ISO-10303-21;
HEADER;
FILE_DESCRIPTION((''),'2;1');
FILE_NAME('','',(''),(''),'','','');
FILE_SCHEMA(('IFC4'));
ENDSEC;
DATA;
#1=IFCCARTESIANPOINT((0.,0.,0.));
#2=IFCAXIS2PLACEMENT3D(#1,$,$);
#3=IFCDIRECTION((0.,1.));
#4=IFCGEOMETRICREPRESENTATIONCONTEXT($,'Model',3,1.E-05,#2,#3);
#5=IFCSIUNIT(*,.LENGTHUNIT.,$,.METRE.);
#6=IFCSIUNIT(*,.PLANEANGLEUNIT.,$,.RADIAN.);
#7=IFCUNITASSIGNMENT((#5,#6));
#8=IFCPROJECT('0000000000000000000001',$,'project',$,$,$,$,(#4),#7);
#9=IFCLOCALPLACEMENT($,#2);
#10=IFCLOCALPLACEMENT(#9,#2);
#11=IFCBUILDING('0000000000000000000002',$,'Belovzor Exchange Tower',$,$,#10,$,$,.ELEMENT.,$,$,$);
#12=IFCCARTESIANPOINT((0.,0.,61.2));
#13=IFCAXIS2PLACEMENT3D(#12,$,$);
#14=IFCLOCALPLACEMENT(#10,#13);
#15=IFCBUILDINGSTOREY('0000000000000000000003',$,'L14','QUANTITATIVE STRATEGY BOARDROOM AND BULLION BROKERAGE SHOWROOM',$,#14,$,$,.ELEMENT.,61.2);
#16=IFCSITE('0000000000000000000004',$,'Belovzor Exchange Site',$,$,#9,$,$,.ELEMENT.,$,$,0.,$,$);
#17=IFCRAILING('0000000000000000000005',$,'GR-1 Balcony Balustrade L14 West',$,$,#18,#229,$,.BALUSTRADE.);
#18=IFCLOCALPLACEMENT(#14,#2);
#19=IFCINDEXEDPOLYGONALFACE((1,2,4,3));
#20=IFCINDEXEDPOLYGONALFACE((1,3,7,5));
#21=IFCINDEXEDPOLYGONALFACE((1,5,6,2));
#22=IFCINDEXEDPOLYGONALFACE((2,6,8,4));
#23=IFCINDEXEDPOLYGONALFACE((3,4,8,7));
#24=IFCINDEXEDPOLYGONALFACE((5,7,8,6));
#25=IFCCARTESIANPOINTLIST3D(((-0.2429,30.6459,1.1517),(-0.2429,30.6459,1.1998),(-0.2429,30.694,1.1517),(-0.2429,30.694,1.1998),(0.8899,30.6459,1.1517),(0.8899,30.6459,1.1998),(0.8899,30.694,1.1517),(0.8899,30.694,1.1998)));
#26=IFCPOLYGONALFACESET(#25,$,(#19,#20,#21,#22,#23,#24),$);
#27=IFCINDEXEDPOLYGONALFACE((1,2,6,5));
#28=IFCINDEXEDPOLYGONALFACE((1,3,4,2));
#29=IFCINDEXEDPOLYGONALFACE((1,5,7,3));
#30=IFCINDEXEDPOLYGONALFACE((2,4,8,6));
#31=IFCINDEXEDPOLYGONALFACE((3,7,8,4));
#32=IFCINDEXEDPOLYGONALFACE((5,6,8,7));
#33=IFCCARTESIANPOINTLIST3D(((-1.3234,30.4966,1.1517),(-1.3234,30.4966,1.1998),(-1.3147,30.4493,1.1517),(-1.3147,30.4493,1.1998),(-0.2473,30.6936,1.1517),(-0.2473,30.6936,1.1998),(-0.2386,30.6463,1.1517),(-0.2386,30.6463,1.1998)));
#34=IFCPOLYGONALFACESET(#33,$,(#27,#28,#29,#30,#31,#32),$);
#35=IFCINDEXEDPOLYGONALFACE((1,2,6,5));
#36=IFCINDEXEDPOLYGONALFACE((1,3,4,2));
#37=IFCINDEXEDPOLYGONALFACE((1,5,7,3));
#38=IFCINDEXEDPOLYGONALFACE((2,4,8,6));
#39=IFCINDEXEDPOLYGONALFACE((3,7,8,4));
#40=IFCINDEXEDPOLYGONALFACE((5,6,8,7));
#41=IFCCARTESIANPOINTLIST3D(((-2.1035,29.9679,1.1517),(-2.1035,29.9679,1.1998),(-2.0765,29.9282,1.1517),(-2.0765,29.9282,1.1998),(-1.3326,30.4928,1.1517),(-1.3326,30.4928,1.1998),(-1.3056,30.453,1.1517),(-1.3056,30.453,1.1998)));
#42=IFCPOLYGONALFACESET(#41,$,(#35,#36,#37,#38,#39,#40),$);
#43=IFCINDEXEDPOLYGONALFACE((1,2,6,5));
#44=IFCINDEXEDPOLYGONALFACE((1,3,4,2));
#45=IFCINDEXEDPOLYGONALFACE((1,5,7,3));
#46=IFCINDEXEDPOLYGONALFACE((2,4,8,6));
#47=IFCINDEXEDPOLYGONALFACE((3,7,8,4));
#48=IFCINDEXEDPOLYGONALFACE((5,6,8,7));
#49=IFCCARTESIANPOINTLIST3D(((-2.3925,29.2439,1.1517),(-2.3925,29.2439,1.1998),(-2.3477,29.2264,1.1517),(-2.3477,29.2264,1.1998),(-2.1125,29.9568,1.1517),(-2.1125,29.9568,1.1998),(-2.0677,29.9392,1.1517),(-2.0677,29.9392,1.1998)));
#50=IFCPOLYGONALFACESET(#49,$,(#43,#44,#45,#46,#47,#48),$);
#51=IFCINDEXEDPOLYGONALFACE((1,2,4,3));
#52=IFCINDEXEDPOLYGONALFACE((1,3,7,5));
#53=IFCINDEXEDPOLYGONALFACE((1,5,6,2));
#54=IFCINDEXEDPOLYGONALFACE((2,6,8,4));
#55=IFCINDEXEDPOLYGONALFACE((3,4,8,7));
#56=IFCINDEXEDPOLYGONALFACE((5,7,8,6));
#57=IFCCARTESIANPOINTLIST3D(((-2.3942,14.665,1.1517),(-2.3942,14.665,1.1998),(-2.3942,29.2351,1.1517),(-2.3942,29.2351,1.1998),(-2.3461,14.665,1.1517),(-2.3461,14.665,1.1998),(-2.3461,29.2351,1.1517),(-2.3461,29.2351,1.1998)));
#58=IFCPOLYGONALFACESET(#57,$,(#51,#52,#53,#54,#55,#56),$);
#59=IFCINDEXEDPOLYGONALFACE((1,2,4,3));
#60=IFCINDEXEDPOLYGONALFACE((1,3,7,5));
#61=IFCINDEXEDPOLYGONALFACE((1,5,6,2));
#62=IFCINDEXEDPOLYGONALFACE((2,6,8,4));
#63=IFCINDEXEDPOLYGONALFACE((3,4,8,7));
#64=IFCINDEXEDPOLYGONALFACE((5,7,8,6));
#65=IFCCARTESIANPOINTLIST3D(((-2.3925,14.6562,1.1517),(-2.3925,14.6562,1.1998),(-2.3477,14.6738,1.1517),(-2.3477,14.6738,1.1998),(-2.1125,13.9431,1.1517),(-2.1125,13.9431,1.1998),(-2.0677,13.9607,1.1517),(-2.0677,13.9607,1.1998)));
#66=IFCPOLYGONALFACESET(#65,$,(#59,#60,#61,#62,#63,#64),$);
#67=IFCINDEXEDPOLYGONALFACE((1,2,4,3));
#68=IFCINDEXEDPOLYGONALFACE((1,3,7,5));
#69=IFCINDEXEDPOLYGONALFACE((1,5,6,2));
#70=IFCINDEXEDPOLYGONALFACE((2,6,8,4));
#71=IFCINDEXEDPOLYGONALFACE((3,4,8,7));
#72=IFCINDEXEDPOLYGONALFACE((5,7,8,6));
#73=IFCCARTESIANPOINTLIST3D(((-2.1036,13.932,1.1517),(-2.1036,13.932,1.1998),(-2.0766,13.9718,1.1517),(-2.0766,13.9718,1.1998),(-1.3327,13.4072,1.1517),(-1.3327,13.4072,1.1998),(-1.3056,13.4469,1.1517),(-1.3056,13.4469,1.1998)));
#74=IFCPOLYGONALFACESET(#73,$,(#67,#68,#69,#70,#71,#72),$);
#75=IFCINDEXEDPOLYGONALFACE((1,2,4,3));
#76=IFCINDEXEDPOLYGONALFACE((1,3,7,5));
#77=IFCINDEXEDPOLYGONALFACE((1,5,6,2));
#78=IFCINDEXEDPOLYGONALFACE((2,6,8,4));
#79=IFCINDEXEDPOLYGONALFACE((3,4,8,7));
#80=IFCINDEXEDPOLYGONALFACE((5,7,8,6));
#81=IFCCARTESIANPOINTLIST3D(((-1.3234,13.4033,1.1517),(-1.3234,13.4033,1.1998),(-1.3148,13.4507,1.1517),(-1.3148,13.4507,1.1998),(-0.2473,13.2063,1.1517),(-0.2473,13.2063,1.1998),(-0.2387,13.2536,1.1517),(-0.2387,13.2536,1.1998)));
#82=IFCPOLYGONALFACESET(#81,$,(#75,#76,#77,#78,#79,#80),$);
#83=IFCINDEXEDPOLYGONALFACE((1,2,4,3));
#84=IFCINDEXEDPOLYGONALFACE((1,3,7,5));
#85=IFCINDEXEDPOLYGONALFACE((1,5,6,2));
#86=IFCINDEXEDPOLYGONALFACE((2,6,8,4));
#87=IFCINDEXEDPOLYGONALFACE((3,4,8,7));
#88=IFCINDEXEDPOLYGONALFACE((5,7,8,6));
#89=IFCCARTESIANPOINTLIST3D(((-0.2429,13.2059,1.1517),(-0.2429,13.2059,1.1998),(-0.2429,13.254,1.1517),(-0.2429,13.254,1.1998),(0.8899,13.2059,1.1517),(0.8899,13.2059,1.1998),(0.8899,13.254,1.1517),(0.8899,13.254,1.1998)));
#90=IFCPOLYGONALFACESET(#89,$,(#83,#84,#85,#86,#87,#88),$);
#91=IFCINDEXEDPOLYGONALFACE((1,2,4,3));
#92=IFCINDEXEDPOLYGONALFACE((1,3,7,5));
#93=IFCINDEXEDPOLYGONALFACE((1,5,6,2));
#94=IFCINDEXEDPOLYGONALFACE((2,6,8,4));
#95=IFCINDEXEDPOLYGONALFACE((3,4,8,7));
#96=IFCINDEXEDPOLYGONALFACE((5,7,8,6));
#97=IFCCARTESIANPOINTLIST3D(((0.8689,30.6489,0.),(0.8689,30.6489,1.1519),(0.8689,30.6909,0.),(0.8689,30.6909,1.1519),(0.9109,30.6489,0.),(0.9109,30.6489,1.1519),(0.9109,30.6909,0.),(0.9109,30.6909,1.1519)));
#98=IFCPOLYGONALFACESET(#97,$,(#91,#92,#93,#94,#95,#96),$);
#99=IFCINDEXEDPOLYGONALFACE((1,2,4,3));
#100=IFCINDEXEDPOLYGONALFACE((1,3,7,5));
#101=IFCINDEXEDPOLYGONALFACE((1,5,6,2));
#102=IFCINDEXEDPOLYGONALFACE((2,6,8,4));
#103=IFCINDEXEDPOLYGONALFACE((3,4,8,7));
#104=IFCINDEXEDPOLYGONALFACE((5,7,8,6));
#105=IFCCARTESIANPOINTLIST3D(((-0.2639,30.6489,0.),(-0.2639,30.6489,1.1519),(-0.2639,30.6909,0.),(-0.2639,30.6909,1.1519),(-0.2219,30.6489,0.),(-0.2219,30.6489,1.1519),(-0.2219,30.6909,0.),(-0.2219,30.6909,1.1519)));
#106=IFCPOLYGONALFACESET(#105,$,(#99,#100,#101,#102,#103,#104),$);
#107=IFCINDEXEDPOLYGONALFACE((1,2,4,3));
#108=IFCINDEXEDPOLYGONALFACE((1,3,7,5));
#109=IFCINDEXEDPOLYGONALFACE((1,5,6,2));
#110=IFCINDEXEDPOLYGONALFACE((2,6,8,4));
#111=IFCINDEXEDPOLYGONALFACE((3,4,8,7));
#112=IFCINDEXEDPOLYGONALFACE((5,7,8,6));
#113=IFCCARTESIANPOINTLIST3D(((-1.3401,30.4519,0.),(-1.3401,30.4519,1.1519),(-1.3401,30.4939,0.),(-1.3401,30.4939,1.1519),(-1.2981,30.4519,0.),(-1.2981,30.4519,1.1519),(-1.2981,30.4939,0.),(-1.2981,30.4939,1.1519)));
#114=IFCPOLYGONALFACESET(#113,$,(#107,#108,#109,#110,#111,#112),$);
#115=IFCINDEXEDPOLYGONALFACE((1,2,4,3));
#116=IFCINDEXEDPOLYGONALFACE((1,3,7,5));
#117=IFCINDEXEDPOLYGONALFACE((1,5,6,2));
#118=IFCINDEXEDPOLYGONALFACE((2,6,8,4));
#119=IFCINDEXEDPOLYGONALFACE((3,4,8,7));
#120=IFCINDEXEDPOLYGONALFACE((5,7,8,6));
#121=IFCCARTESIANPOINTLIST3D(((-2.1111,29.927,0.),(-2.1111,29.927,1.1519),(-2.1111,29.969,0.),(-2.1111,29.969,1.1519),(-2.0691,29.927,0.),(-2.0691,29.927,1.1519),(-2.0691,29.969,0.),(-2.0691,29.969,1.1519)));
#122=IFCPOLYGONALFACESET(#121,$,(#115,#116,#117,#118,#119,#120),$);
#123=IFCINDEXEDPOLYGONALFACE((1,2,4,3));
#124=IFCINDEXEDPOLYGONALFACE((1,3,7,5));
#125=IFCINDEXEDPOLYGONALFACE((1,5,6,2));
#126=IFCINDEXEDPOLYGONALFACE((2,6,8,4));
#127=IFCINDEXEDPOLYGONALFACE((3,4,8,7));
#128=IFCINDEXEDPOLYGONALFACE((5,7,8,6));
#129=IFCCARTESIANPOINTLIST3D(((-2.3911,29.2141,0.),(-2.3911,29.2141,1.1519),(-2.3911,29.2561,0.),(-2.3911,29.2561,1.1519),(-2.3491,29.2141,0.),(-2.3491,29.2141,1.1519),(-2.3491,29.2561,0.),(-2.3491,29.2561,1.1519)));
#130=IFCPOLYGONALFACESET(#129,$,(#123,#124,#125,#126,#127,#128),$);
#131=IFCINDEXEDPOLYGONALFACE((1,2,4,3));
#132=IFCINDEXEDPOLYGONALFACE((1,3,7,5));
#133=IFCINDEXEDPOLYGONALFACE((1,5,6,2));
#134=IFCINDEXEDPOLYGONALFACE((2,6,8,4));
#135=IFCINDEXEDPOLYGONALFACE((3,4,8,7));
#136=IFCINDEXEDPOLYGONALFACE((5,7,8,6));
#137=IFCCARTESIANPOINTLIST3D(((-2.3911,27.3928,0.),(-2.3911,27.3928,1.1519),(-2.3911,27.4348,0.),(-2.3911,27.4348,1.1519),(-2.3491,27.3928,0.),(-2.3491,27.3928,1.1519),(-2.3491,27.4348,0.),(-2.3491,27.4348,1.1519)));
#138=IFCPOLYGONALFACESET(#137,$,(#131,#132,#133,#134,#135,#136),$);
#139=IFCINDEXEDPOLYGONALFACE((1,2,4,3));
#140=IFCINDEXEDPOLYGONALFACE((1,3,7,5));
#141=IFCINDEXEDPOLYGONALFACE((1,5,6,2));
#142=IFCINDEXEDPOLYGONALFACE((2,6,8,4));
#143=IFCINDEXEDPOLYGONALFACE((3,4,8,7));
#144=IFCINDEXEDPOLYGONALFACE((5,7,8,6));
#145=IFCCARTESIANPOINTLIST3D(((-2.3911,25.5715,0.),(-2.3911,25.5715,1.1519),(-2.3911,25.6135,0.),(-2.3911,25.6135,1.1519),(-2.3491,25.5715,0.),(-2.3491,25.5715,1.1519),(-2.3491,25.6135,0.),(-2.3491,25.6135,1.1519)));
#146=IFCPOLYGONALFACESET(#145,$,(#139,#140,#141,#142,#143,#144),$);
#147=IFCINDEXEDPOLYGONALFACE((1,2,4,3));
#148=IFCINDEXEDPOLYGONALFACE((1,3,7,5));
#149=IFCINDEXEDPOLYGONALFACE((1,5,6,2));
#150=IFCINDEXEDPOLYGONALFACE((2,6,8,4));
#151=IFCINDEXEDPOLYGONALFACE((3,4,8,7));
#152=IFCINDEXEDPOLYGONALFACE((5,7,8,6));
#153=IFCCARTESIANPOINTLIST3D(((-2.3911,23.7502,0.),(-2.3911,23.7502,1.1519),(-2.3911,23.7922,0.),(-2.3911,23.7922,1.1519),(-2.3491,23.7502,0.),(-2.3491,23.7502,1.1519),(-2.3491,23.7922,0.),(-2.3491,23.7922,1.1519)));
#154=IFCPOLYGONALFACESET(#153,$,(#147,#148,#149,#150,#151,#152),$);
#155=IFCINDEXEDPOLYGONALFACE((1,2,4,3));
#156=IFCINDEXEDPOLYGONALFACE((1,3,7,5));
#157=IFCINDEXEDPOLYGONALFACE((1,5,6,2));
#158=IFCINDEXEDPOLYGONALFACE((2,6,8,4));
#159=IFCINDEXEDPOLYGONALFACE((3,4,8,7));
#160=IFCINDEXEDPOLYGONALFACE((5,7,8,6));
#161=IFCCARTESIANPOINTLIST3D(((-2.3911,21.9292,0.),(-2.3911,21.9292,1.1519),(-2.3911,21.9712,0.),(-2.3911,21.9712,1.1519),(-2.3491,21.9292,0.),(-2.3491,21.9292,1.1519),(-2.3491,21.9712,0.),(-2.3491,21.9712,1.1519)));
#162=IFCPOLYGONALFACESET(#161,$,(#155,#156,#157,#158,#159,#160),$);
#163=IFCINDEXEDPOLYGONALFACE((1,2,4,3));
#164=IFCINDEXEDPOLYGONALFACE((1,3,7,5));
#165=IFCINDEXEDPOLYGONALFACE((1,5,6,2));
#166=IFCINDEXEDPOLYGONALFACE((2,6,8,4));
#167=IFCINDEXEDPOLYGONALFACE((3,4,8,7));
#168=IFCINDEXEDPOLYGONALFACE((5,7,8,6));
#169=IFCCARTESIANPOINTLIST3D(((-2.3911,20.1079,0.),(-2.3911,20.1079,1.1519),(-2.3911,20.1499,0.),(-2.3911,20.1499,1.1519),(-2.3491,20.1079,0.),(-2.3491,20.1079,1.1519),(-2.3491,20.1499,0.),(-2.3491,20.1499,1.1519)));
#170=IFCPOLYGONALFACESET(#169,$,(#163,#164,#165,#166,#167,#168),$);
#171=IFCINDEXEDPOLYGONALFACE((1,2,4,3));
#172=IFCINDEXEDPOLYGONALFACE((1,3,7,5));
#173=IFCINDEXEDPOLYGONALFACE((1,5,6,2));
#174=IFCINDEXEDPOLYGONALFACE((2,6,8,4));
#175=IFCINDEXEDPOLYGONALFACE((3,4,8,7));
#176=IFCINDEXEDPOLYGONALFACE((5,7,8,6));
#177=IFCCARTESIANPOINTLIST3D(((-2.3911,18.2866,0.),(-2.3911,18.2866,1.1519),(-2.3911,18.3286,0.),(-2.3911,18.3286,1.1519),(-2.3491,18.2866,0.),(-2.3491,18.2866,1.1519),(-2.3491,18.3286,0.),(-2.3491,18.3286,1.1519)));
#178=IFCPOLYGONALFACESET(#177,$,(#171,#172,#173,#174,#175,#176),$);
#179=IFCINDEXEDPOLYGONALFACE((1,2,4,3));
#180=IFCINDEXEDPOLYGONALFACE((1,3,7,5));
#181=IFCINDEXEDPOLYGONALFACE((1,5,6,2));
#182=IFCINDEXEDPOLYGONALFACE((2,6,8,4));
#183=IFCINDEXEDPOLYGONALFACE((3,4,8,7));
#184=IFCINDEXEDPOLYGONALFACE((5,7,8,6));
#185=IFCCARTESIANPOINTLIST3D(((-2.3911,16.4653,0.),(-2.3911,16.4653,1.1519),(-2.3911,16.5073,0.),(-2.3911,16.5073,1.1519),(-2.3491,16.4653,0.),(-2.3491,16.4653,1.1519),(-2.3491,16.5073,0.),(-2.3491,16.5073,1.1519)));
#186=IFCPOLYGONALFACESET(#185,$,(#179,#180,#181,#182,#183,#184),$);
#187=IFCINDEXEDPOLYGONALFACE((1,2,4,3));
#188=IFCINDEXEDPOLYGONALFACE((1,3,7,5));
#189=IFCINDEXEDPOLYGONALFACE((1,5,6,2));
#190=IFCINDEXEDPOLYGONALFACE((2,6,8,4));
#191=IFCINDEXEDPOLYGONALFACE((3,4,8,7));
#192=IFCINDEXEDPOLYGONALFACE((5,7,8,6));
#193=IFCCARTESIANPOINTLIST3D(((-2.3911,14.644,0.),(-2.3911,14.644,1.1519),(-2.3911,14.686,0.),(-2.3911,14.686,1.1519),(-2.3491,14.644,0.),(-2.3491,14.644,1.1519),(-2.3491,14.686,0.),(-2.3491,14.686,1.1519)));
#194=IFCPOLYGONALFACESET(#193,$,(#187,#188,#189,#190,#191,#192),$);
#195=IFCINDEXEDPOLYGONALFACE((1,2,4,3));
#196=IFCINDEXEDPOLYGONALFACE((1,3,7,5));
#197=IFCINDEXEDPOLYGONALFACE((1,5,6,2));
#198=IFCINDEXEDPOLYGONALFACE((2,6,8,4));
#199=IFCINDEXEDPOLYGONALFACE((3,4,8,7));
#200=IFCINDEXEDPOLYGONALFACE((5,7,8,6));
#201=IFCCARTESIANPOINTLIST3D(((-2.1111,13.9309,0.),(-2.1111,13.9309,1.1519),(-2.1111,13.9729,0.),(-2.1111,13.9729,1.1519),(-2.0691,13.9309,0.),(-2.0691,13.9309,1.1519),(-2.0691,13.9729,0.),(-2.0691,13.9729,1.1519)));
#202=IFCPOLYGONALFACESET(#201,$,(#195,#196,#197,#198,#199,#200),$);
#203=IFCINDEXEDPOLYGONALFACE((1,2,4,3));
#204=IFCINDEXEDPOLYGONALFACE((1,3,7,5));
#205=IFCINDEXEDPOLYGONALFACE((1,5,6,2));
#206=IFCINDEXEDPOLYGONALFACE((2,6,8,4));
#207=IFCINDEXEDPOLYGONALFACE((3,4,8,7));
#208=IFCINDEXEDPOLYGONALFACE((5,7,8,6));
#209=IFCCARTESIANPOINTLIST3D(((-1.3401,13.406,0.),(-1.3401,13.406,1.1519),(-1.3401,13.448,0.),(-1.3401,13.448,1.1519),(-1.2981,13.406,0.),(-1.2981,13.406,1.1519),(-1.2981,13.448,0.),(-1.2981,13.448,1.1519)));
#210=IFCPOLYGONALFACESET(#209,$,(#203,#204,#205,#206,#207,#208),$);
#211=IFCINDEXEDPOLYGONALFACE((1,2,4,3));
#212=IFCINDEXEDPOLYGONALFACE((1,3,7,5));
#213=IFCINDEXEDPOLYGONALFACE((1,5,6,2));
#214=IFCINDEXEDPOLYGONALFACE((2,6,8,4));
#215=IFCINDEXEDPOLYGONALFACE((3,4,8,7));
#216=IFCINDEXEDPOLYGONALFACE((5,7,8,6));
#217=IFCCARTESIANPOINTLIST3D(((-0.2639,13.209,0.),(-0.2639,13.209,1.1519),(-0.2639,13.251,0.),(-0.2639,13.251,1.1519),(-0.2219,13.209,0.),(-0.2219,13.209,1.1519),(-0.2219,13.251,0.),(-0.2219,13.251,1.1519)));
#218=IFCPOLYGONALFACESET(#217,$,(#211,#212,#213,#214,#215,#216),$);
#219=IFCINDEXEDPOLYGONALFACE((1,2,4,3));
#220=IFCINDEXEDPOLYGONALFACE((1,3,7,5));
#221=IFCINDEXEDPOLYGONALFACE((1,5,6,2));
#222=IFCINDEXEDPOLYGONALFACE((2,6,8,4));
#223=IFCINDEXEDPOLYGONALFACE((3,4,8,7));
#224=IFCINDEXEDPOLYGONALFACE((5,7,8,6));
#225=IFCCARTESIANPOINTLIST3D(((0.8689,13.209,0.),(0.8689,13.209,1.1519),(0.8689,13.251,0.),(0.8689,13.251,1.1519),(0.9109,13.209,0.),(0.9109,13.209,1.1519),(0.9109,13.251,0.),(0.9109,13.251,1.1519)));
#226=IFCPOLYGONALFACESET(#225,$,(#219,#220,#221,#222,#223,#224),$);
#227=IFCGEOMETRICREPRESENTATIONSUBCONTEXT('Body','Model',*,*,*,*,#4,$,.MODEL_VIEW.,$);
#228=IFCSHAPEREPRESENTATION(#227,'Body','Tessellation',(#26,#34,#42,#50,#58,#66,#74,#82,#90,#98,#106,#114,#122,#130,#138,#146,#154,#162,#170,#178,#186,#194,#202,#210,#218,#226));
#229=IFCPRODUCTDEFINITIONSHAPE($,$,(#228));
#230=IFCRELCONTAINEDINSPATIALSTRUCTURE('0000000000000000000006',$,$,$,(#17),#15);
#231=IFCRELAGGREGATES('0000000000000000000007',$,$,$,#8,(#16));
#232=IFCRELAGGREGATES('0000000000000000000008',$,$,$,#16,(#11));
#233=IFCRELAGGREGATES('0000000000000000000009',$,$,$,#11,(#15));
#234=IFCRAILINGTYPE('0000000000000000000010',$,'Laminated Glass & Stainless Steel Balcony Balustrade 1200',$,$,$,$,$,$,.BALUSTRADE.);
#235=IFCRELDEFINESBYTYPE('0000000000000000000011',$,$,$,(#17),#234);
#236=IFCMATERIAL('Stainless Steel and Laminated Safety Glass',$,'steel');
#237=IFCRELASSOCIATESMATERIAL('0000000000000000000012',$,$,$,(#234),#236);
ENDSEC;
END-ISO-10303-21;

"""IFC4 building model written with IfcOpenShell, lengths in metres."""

from ifc_helpers import new_model, si_unit, direction, frame, origin, origin_2d, place, context, subcontext, project, spatial, rectangle, extrude, material, type_object, element, save


model = new_model("IFC4")

# Units and contexts
model_context = context("Model", 3, precision=1e-05, world=origin(), true_north=direction((0.0, 1.0)))
body_context = subcontext(model_context, "Body", "Model", "MODEL_VIEW")
ifc_project = project(units=[si_unit("LENGTHUNIT", "METRE"), si_unit("PLANEANGLEUNIT", "RADIAN")], contexts=[model_context])

# Site, building, storey
site_placement = place(None, origin())
site = spatial("IfcSite", under=ifc_project, at=site_placement, Name="Belovzor Exchange Site", CompositionType="ELEMENT", RefElevation=0.0)
building_placement = place(site_placement, origin())
building = spatial("IfcBuilding", under=site, at=building_placement, Name="Belovzor Exchange Tower", CompositionType="ELEMENT")
storey_placement = place(building_placement, frame((0.0, 0.0, 61.2)))
storey = spatial("IfcBuildingStorey", under=building, at=storey_placement, Name="L14", Description="QUANTITATIVE STRATEGY BOARDROOM AND BULLION BROKERAGE SHOWROOM", CompositionType="ELEMENT", Elevation=61.2)

# Railing
ifc_material_1 = material(Name="Stainless Steel and Laminated Safety Glass", Category="steel")
railing_type = type_object("IfcRailingType", Name="Laminated Glass & Stainless Steel Balcony Balustrade 1200", PredefinedType="BALUSTRADE", material=ifc_material_1)
railing_placement = place(storey_placement, frame((0.8899, 30.6699, 0.0)))
element("IfcRailing", 1, at=railing_placement, inside=storey, type_object=railing_type, Name="GR-1 Balcony Balustrade L14 West", PredefinedType="BALUSTRADE", context=body_context, shape_type="SweptSolid", body=[
    extrude(rectangle(XDim=0.0481, YDim=0.0481, at=origin_2d()), frame((0.0, 0.0, 1.1758), z_axis=(-1.0, 0.0, 0.0), x_axis=(0.0, -1.0, 0.0)), (0.0, 0.0, 1.0), 1.1328),
    extrude(rectangle(XDim=0.0481, YDim=0.0481, at=origin_2d()), frame((-1.1328, 0.0, 1.1758), z_axis=(-0.983651, -0.180083, 0.0), x_axis=(0.180083, -0.983651, 0.0)), (0.0, 0.0, 1.0), 1.094),
    extrude(rectangle(XDim=0.0481, YDim=0.0481, at=origin_2d()), frame((-2.209, -0.197, 1.1758), z_axis=(-0.826615, -0.562768, 0.0), x_axis=(0.562768, -0.826615, 0.0)), (0.0, 0.0, 1.0), 0.9326),
    extrude(rectangle(XDim=0.0481, YDim=0.0481, at=origin_2d()), frame((-2.98, -0.7219, 1.1758), z_axis=(-0.365613, -0.930767, 0.0), x_axis=(0.930767, -0.365613, 0.0)), (0.0, 0.0, 1.0), 0.7659),
    extrude(rectangle(XDim=0.0481, YDim=0.0481, at=origin_2d()), frame((-3.26, -1.4348, 1.1758), z_axis=(0.0, -1.0, 0.0), x_axis=(1.0, 0.0, 0.0)), (0.0, 0.0, 1.0), 14.5701),
    extrude(rectangle(XDim=0.0481, YDim=0.0481, at=origin_2d()), frame((-3.26, -16.0049, 1.1758), z_axis=(0.365504, -0.93081, 0.0), x_axis=(0.93081, 0.365504, 0.0)), (0.0, 0.0, 1.0), 0.7661),
    extrude(rectangle(XDim=0.0481, YDim=0.0481, at=origin_2d()), frame((-2.98, -16.718, 1.1758), z_axis=(0.826615, -0.562768, 0.0), x_axis=(0.562768, 0.826615, 0.0)), (0.0, 0.0, 1.0), 0.9326),
    extrude(rectangle(XDim=0.0481, YDim=0.0481, at=origin_2d()), frame((-2.209, -17.2429, 1.1758), z_axis=(0.983651, -0.180083, 0.0), x_axis=(0.180083, 0.983651, 0.0)), (0.0, 0.0, 1.0), 1.094),
    extrude(rectangle(XDim=0.0481, YDim=0.0481, at=origin_2d()), frame((-1.1328, -17.4399, 1.1758), z_axis=(1.0, 0.0, 0.0), x_axis=(0.0, 1.0, 0.0)), (0.0, 0.0, 1.0), 1.1328),
    extrude(rectangle(XDim=0.042, YDim=0.042, at=origin_2d()), origin(), (0.0, 0.0, 1.0), 1.1519),
    extrude(rectangle(XDim=0.042, YDim=0.042, at=origin_2d()), frame((-1.1328, 0.0, 0.0)), (0.0, 0.0, 1.0), 1.1519),
    extrude(rectangle(XDim=0.042, YDim=0.042, at=origin_2d()), frame((-2.209, -0.197, 0.0)), (0.0, 0.0, 1.0), 1.1519),
    extrude(rectangle(XDim=0.042, YDim=0.042, at=origin_2d()), frame((-2.98, -0.7219, 0.0)), (0.0, 0.0, 1.0), 1.1519),
    extrude(rectangle(XDim=0.042, YDim=0.042, at=origin_2d()), frame((-3.26, -1.4348, 0.0)), (0.0, 0.0, 1.0), 1.1519),
    extrude(rectangle(XDim=0.042, YDim=0.042, at=origin_2d()), frame((-3.26, -3.2561, 0.0)), (0.0, 0.0, 1.0), 1.1519),
    extrude(rectangle(XDim=0.042, YDim=0.042, at=origin_2d()), frame((-3.26, -5.0774, 0.0)), (0.0, 0.0, 1.0), 1.1519),
    extrude(rectangle(XDim=0.042, YDim=0.042, at=origin_2d()), frame((-3.26, -6.8987, 0.0)), (0.0, 0.0, 1.0), 1.1519),
    extrude(rectangle(XDim=0.042, YDim=0.042, at=origin_2d()), frame((-3.26, -8.7197, 0.0)), (0.0, 0.0, 1.0), 1.1519),
    extrude(rectangle(XDim=0.042, YDim=0.042, at=origin_2d()), frame((-3.26, -10.541, 0.0)), (0.0, 0.0, 1.0), 1.1519),
    extrude(rectangle(XDim=0.042, YDim=0.042, at=origin_2d()), frame((-3.26, -12.3623, 0.0)), (0.0, 0.0, 1.0), 1.1519),
    extrude(rectangle(XDim=0.042, YDim=0.042, at=origin_2d()), frame((-3.26, -14.1836, 0.0)), (0.0, 0.0, 1.0), 1.1519),
    extrude(rectangle(XDim=0.042, YDim=0.042, at=origin_2d()), frame((-3.26, -16.0049, 0.0)), (0.0, 0.0, 1.0), 1.1519),
    extrude(rectangle(XDim=0.042, YDim=0.042, at=origin_2d()), frame((-2.98, -16.718, 0.0)), (0.0, 0.0, 1.0), 1.1519),
    extrude(rectangle(XDim=0.042, YDim=0.042, at=origin_2d()), frame((-2.209, -17.2429, 0.0)), (0.0, 0.0, 1.0), 1.1519),
    extrude(rectangle(XDim=0.042, YDim=0.042, at=origin_2d()), frame((-1.1328, -17.4399, 0.0)), (0.0, 0.0, 1.0), 1.1519),
    extrude(rectangle(XDim=0.042, YDim=0.042, at=origin_2d()), frame((0.0, -17.4399, 0.0)), (0.0, 0.0, 1.0), 1.1519),
])

save(model, "model.ifc")
